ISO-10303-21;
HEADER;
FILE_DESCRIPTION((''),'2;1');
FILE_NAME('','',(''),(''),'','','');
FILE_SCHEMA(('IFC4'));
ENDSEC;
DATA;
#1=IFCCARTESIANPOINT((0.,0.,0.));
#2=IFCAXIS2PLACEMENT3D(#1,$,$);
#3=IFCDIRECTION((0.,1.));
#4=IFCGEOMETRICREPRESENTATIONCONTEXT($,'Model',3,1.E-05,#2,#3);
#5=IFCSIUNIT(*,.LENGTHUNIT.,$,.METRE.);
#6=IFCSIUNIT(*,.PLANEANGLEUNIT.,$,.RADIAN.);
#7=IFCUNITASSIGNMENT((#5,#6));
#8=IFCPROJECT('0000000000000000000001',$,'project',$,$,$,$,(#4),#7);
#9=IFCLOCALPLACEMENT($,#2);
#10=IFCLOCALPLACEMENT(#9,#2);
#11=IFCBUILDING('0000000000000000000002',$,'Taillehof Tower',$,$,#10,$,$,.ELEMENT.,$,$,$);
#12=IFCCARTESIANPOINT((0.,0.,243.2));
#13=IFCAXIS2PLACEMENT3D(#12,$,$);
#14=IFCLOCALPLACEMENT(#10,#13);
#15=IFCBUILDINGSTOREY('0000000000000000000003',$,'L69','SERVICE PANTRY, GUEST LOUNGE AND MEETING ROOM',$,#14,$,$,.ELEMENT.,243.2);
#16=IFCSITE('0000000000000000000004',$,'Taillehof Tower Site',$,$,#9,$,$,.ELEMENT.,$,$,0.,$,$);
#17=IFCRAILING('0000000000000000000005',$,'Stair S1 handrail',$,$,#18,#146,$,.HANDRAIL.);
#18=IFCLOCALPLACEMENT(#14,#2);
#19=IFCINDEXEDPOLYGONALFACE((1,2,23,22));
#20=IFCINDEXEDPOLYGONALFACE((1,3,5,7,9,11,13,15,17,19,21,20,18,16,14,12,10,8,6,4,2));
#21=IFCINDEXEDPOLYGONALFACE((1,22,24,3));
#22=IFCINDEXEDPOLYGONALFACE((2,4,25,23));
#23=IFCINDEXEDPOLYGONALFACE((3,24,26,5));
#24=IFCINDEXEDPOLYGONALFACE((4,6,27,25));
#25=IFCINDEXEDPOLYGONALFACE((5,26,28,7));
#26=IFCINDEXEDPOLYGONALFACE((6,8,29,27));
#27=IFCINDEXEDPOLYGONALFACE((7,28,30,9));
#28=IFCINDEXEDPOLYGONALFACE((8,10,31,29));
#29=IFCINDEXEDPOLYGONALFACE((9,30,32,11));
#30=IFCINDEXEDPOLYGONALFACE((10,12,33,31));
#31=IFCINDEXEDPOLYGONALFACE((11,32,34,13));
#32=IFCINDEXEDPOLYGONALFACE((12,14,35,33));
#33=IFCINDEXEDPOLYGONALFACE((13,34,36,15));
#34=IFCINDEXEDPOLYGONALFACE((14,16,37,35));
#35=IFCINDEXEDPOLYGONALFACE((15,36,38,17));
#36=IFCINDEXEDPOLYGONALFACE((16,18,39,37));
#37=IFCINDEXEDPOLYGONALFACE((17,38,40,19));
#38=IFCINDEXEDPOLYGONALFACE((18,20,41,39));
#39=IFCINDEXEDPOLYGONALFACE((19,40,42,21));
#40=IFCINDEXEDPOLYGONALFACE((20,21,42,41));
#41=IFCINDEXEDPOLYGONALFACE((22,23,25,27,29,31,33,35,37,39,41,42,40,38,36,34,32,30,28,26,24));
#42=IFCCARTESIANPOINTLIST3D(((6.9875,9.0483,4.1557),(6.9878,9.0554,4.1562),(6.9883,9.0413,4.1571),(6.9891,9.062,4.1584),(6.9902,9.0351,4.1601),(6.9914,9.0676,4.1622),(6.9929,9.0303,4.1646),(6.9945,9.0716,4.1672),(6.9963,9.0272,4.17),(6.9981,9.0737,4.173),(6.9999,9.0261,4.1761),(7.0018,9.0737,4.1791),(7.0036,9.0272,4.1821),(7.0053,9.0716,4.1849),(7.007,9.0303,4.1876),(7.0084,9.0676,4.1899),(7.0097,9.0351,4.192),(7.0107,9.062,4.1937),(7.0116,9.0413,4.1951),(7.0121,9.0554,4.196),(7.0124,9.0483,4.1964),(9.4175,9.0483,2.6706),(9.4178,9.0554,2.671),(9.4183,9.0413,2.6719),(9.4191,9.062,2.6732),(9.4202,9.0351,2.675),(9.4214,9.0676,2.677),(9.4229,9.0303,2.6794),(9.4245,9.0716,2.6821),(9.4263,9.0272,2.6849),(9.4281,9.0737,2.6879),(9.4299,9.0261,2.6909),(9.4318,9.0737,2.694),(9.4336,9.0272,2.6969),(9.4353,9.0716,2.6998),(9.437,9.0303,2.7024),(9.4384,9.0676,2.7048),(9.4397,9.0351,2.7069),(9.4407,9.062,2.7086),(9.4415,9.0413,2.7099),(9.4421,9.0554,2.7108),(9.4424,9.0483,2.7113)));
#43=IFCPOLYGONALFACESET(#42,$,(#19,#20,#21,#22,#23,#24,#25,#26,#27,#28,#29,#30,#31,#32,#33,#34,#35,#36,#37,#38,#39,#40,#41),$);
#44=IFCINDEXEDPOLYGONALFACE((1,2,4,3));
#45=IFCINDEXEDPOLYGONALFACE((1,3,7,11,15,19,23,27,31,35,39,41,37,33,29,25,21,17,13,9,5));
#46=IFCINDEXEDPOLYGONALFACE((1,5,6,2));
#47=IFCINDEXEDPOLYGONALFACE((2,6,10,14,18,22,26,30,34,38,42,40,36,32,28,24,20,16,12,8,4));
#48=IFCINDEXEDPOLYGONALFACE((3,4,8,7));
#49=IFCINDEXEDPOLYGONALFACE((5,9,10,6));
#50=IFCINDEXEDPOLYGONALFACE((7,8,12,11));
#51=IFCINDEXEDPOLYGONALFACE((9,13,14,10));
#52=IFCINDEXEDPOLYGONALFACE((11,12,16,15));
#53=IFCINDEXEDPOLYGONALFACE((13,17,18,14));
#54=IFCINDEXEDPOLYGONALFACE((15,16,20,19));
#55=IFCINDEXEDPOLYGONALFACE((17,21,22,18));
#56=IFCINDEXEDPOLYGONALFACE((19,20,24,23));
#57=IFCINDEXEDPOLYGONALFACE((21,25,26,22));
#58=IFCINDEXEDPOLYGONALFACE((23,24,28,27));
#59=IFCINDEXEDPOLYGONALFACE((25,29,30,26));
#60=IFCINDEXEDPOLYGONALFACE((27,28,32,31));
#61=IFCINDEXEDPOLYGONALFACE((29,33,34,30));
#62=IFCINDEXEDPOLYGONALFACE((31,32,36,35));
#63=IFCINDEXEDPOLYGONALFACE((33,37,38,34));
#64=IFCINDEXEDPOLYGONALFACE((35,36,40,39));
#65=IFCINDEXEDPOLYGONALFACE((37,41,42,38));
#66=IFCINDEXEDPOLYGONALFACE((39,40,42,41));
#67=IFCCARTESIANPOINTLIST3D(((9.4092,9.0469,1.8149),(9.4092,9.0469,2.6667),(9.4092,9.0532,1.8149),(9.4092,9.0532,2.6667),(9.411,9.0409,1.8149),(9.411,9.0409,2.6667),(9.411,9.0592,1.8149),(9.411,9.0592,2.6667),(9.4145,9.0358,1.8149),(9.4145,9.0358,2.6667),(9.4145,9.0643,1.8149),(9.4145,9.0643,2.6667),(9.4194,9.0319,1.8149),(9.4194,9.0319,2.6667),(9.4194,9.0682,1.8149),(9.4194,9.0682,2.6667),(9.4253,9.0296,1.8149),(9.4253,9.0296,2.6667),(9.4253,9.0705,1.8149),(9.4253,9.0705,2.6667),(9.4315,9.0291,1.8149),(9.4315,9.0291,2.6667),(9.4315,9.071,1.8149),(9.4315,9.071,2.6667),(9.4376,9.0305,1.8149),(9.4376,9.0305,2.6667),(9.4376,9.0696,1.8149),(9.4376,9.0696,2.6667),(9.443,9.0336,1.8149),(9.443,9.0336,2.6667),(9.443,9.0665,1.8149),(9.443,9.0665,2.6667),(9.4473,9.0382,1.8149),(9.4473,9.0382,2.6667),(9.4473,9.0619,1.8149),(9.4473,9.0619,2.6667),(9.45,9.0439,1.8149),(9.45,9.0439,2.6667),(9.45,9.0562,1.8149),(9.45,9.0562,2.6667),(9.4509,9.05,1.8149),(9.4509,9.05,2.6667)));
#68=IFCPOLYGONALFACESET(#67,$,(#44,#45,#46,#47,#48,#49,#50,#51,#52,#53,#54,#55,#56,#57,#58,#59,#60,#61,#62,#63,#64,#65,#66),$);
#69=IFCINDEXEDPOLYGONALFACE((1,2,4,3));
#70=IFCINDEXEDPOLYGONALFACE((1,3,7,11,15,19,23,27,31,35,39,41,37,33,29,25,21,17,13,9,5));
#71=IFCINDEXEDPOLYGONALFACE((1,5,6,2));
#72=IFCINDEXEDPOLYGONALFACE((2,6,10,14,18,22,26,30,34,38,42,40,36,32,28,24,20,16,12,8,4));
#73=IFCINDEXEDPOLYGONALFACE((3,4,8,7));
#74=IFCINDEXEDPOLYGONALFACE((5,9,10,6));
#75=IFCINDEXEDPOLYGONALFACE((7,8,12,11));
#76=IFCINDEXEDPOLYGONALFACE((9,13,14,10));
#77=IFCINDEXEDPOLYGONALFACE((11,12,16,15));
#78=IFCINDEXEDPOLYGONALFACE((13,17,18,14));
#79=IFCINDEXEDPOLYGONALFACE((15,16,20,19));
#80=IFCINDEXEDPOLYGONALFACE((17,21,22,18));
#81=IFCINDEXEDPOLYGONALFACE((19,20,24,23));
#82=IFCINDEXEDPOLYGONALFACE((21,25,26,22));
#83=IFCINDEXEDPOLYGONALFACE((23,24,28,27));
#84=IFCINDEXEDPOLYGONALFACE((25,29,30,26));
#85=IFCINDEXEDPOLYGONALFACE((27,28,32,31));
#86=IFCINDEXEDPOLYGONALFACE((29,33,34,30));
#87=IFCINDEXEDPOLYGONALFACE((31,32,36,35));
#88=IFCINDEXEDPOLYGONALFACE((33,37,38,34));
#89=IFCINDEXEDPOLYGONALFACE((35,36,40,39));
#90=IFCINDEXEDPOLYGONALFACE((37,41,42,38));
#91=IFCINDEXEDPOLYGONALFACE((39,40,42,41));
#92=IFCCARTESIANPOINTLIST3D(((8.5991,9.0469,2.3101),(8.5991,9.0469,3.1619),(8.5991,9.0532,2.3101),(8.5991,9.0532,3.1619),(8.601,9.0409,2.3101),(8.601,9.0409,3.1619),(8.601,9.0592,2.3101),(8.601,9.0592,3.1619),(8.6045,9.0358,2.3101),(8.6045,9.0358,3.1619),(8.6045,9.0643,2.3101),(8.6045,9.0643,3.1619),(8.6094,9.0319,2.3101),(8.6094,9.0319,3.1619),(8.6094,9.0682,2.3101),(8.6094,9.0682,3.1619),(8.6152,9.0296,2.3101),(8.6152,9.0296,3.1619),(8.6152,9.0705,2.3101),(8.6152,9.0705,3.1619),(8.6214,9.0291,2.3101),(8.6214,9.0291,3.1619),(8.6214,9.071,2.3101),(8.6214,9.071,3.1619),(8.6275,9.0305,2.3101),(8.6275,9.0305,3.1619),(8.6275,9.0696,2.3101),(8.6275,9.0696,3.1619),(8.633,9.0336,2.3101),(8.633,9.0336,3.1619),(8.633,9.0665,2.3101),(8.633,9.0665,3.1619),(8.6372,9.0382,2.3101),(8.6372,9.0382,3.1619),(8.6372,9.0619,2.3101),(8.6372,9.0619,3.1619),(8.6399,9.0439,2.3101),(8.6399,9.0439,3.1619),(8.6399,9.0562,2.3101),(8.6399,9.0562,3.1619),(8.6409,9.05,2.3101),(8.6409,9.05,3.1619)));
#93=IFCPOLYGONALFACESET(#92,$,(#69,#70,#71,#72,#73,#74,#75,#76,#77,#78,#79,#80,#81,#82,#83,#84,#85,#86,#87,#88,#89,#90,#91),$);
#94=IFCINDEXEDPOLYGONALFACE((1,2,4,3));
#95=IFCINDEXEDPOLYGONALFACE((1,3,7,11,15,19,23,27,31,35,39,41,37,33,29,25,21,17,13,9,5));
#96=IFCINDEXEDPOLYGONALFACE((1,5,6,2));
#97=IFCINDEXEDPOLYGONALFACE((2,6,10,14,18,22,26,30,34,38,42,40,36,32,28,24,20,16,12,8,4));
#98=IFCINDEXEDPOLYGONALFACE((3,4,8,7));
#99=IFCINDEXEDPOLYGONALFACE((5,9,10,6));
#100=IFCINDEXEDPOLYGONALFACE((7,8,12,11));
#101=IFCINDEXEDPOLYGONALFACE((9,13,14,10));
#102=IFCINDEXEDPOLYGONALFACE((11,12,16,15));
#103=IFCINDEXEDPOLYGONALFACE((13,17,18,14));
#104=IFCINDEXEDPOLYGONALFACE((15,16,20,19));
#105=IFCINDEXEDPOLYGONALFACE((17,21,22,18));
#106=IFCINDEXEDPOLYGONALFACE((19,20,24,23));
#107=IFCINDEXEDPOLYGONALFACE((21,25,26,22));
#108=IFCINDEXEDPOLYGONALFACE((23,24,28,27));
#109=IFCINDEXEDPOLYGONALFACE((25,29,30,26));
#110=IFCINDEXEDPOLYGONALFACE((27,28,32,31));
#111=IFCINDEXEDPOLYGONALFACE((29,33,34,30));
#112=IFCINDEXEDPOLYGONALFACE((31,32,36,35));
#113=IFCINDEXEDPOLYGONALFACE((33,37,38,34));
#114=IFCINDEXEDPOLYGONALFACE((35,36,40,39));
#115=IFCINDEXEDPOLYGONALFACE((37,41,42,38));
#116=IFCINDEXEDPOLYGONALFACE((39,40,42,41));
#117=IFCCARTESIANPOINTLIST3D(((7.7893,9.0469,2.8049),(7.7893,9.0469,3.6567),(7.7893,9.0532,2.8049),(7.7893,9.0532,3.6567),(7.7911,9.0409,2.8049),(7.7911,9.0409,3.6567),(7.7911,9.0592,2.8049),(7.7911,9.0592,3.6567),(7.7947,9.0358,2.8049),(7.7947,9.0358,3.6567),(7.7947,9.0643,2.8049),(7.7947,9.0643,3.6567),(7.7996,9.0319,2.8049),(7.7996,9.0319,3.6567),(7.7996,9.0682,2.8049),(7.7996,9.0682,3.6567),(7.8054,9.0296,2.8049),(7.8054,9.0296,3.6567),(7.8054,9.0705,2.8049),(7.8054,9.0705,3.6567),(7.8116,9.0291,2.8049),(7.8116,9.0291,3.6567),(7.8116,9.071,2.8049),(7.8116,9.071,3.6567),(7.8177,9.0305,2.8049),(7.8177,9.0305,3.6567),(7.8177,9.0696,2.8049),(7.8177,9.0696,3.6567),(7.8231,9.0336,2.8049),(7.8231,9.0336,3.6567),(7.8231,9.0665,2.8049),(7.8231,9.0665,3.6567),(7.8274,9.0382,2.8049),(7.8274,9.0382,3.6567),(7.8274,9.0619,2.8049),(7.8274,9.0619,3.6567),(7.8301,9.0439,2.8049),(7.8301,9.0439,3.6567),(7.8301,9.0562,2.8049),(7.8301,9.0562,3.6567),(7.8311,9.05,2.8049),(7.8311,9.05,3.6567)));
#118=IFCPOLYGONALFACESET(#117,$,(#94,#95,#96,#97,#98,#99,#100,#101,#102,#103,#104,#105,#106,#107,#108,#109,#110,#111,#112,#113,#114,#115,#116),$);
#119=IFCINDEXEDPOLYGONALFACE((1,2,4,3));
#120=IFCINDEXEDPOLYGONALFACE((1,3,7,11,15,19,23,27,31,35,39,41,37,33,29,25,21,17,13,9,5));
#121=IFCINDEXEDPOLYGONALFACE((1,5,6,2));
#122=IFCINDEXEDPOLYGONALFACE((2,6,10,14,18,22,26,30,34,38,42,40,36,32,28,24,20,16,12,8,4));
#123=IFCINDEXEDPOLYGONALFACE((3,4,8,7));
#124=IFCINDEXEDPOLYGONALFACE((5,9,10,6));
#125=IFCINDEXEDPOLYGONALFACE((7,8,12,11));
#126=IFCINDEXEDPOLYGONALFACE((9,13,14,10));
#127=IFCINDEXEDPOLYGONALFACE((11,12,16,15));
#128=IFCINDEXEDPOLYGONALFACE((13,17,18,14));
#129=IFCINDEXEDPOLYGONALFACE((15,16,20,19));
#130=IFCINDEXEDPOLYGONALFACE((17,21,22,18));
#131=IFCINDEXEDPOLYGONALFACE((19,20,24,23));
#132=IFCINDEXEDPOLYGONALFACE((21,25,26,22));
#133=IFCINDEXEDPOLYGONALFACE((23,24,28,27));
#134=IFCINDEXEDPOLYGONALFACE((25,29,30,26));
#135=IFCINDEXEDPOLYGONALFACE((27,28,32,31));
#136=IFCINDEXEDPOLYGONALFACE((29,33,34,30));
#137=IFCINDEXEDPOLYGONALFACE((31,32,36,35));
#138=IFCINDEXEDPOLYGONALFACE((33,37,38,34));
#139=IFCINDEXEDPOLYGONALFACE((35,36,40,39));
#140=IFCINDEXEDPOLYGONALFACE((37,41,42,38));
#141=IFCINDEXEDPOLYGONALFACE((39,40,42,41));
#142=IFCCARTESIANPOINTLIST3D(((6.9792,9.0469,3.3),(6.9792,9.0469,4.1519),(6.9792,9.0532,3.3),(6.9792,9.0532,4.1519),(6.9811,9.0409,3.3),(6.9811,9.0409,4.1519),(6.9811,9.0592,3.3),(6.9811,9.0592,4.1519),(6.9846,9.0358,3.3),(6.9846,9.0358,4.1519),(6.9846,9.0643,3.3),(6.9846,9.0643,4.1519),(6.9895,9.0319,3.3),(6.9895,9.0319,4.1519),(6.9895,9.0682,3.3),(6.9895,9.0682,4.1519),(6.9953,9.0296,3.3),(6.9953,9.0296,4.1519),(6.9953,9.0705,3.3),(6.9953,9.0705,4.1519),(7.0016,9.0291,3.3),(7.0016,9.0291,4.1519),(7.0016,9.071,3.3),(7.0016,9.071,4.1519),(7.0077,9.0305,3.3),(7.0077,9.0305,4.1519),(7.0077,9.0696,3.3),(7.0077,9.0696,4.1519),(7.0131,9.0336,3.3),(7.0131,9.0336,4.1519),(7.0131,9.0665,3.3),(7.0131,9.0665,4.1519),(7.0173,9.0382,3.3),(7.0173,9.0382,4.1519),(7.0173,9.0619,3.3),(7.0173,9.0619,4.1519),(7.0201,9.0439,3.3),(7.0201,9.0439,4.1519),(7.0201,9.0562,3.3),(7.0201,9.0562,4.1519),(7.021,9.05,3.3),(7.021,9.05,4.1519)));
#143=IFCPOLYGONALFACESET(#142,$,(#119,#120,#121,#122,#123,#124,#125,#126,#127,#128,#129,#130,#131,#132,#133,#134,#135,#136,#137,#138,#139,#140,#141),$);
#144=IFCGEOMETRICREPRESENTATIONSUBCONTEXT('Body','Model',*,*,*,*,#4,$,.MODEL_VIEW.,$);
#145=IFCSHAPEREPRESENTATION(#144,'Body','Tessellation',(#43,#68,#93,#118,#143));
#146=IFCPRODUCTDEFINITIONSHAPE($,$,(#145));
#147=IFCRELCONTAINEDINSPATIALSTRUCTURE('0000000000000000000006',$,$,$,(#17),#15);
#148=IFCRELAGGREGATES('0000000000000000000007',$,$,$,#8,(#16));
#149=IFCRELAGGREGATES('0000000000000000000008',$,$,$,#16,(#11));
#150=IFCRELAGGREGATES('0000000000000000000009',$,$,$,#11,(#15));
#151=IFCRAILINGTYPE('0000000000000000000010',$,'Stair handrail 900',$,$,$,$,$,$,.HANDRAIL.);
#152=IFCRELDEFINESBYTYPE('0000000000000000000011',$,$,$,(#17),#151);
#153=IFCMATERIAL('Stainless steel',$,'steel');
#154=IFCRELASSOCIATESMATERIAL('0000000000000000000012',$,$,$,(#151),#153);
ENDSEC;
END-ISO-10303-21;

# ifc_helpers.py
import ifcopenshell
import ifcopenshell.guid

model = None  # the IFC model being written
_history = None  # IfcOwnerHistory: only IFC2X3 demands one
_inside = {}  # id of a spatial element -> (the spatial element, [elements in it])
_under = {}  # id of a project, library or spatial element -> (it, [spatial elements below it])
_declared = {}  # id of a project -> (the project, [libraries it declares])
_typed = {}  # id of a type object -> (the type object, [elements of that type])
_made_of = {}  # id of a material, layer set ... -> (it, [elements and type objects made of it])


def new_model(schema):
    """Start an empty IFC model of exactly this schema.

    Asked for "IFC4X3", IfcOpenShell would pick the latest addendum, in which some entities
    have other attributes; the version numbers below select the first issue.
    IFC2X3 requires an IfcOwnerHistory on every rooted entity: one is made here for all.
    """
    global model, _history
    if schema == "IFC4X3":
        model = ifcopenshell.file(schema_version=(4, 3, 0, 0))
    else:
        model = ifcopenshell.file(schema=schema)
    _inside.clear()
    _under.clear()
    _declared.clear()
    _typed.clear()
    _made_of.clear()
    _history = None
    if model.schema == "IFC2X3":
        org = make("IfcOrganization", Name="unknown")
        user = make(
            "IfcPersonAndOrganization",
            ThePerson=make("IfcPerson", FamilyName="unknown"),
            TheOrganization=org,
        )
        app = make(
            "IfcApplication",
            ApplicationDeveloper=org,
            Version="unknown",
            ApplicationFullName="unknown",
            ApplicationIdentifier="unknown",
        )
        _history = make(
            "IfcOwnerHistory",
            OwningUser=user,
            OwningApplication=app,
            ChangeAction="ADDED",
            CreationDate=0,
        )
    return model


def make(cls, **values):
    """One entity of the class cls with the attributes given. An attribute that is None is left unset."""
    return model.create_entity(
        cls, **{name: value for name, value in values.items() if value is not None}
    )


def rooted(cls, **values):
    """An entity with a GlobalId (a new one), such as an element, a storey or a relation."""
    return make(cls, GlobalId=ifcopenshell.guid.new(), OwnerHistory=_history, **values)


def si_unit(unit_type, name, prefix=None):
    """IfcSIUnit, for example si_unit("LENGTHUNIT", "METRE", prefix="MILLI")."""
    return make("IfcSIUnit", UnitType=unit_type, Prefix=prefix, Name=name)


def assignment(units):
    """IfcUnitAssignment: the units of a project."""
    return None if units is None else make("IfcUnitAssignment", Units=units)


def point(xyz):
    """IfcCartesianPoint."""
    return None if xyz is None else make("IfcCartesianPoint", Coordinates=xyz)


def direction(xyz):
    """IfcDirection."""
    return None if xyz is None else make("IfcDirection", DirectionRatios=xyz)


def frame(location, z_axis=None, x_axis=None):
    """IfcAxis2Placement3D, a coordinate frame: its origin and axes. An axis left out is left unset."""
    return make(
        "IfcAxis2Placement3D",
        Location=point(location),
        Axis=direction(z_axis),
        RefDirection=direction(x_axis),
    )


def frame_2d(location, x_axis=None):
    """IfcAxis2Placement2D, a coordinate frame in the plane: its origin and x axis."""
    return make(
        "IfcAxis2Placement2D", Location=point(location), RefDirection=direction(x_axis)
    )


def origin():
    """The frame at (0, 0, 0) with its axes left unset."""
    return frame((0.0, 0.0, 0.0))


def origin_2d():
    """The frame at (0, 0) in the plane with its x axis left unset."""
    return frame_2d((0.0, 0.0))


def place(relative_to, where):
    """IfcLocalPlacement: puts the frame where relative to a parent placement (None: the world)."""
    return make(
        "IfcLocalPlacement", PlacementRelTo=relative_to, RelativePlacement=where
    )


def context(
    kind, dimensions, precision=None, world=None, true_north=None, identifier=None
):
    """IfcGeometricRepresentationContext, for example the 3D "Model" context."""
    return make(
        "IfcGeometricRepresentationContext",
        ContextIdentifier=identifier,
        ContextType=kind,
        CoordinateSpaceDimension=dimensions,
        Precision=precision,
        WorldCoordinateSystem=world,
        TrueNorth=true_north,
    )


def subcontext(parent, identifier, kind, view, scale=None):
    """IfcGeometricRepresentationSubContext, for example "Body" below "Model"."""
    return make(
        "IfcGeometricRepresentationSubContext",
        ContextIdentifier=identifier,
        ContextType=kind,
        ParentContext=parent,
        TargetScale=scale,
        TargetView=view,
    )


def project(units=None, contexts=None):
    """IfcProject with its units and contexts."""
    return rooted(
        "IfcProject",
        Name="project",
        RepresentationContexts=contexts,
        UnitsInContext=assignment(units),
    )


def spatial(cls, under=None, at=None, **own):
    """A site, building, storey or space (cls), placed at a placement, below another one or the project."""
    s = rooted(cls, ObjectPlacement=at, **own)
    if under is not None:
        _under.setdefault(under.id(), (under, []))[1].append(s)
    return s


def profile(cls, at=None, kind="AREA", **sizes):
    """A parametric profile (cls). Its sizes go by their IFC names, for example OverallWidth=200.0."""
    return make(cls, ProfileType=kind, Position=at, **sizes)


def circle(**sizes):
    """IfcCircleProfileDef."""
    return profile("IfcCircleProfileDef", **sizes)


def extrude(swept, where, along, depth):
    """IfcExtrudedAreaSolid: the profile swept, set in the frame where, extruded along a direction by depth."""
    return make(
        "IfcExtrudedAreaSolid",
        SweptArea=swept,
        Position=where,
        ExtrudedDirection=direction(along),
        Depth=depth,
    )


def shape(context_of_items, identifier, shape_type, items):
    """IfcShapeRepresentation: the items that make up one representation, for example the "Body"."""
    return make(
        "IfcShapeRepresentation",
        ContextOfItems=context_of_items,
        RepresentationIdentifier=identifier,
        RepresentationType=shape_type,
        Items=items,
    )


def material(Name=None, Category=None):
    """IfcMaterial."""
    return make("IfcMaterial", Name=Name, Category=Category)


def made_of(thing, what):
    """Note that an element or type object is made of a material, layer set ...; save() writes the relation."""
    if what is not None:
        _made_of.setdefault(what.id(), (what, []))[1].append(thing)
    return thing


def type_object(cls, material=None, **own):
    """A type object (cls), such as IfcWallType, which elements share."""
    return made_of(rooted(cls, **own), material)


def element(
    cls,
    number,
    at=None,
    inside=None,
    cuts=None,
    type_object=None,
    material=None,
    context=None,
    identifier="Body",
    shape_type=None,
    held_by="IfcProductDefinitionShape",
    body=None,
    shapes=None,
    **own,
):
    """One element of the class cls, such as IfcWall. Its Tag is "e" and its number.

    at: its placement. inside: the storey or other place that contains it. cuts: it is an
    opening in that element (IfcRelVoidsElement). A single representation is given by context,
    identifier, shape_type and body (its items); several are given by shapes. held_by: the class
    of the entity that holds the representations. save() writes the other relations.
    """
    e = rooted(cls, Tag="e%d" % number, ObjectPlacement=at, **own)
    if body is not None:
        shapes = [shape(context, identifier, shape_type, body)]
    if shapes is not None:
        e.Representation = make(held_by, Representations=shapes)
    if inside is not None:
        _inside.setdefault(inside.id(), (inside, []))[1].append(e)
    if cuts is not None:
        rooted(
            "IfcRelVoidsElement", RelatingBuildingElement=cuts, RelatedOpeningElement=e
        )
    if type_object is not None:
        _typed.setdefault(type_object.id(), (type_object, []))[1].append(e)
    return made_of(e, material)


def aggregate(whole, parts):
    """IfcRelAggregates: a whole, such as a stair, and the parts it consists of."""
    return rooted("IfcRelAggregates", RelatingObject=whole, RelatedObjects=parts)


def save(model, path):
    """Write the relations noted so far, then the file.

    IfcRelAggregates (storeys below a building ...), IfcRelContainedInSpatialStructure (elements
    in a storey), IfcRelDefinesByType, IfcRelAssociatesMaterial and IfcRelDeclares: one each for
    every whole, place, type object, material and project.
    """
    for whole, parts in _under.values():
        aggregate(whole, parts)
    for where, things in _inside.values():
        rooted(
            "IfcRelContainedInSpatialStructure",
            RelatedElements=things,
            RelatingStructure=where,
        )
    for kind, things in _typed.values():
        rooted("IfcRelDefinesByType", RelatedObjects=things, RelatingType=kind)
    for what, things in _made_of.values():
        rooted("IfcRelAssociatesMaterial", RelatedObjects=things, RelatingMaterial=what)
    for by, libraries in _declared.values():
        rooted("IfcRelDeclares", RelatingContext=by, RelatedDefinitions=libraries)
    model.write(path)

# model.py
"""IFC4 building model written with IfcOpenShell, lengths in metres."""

from ifc_helpers import new_model, si_unit, direction, frame, origin, origin_2d, place, context, subcontext, project, spatial, circle, extrude, material, type_object, element, save


model = new_model("IFC4")

# Units and contexts
model_context = context("Model", 3, precision=1e-05, world=origin(), true_north=direction((0.0, 1.0)))
body_context = subcontext(model_context, "Body", "Model", "MODEL_VIEW")
ifc_project = project(units=[si_unit("LENGTHUNIT", "METRE"), si_unit("PLANEANGLEUNIT", "RADIAN")], contexts=[model_context])

# Site, building, storey
site_placement = place(None, origin())
site = spatial("IfcSite", under=ifc_project, at=site_placement, Name="Taillehof Tower Site", CompositionType="ELEMENT", RefElevation=0.0)
building_placement = place(site_placement, origin())
building = spatial("IfcBuilding", under=site, at=building_placement, Name="Taillehof Tower", CompositionType="ELEMENT")
storey_placement = place(building_placement, frame((0.0, 0.0, 243.2)))
storey = spatial("IfcBuildingStorey", under=building, at=storey_placement, Name="L69", Description="SERVICE PANTRY, GUEST LOUNGE AND MEETING ROOM", CompositionType="ELEMENT", Elevation=243.2)

# Railing
ifc_material_1 = material(Name="Stainless steel", Category="steel")
railing_type = type_object("IfcRailingType", Name="Stair handrail 900", PredefinedType="HANDRAIL", material=ifc_material_1)
railing_placement = place(storey_placement, frame((9.4299, 9.05, 1.8149)))
element("IfcRailing", 1, at=railing_placement, inside=storey, type_object=railing_type, Name="Stair S1 handrail", PredefinedType="HANDRAIL", context=body_context, shape_type="SweptSolid", body=[
    extrude(circle(Radius=0.0239, at=origin_2d()), frame((0.0, 0.0, 0.876), z_axis=(-0.853259, 0.0, 0.521488), x_axis=(0.0, -1.0, 0.0)), (0.0, 0.0, 1.0), 2.8479),
    extrude(circle(Radius=0.021, at=origin_2d()), origin(), (0.0, 0.0, 1.0), 0.8518),
    extrude(circle(Radius=0.021, at=origin_2d()), frame((-0.8101, 0.0, 0.4951)), (0.0, 0.0, 1.0), 0.8518),
    extrude(circle(Radius=0.021, at=origin_2d()), frame((-1.6199, 0.0, 0.99)), (0.0, 0.0, 1.0), 0.8518),
    extrude(circle(Radius=0.021, at=origin_2d()), frame((-2.4299, 0.0, 1.4851)), (0.0, 0.0, 1.0), 0.8518),
])

save(model, "model.ifc")
